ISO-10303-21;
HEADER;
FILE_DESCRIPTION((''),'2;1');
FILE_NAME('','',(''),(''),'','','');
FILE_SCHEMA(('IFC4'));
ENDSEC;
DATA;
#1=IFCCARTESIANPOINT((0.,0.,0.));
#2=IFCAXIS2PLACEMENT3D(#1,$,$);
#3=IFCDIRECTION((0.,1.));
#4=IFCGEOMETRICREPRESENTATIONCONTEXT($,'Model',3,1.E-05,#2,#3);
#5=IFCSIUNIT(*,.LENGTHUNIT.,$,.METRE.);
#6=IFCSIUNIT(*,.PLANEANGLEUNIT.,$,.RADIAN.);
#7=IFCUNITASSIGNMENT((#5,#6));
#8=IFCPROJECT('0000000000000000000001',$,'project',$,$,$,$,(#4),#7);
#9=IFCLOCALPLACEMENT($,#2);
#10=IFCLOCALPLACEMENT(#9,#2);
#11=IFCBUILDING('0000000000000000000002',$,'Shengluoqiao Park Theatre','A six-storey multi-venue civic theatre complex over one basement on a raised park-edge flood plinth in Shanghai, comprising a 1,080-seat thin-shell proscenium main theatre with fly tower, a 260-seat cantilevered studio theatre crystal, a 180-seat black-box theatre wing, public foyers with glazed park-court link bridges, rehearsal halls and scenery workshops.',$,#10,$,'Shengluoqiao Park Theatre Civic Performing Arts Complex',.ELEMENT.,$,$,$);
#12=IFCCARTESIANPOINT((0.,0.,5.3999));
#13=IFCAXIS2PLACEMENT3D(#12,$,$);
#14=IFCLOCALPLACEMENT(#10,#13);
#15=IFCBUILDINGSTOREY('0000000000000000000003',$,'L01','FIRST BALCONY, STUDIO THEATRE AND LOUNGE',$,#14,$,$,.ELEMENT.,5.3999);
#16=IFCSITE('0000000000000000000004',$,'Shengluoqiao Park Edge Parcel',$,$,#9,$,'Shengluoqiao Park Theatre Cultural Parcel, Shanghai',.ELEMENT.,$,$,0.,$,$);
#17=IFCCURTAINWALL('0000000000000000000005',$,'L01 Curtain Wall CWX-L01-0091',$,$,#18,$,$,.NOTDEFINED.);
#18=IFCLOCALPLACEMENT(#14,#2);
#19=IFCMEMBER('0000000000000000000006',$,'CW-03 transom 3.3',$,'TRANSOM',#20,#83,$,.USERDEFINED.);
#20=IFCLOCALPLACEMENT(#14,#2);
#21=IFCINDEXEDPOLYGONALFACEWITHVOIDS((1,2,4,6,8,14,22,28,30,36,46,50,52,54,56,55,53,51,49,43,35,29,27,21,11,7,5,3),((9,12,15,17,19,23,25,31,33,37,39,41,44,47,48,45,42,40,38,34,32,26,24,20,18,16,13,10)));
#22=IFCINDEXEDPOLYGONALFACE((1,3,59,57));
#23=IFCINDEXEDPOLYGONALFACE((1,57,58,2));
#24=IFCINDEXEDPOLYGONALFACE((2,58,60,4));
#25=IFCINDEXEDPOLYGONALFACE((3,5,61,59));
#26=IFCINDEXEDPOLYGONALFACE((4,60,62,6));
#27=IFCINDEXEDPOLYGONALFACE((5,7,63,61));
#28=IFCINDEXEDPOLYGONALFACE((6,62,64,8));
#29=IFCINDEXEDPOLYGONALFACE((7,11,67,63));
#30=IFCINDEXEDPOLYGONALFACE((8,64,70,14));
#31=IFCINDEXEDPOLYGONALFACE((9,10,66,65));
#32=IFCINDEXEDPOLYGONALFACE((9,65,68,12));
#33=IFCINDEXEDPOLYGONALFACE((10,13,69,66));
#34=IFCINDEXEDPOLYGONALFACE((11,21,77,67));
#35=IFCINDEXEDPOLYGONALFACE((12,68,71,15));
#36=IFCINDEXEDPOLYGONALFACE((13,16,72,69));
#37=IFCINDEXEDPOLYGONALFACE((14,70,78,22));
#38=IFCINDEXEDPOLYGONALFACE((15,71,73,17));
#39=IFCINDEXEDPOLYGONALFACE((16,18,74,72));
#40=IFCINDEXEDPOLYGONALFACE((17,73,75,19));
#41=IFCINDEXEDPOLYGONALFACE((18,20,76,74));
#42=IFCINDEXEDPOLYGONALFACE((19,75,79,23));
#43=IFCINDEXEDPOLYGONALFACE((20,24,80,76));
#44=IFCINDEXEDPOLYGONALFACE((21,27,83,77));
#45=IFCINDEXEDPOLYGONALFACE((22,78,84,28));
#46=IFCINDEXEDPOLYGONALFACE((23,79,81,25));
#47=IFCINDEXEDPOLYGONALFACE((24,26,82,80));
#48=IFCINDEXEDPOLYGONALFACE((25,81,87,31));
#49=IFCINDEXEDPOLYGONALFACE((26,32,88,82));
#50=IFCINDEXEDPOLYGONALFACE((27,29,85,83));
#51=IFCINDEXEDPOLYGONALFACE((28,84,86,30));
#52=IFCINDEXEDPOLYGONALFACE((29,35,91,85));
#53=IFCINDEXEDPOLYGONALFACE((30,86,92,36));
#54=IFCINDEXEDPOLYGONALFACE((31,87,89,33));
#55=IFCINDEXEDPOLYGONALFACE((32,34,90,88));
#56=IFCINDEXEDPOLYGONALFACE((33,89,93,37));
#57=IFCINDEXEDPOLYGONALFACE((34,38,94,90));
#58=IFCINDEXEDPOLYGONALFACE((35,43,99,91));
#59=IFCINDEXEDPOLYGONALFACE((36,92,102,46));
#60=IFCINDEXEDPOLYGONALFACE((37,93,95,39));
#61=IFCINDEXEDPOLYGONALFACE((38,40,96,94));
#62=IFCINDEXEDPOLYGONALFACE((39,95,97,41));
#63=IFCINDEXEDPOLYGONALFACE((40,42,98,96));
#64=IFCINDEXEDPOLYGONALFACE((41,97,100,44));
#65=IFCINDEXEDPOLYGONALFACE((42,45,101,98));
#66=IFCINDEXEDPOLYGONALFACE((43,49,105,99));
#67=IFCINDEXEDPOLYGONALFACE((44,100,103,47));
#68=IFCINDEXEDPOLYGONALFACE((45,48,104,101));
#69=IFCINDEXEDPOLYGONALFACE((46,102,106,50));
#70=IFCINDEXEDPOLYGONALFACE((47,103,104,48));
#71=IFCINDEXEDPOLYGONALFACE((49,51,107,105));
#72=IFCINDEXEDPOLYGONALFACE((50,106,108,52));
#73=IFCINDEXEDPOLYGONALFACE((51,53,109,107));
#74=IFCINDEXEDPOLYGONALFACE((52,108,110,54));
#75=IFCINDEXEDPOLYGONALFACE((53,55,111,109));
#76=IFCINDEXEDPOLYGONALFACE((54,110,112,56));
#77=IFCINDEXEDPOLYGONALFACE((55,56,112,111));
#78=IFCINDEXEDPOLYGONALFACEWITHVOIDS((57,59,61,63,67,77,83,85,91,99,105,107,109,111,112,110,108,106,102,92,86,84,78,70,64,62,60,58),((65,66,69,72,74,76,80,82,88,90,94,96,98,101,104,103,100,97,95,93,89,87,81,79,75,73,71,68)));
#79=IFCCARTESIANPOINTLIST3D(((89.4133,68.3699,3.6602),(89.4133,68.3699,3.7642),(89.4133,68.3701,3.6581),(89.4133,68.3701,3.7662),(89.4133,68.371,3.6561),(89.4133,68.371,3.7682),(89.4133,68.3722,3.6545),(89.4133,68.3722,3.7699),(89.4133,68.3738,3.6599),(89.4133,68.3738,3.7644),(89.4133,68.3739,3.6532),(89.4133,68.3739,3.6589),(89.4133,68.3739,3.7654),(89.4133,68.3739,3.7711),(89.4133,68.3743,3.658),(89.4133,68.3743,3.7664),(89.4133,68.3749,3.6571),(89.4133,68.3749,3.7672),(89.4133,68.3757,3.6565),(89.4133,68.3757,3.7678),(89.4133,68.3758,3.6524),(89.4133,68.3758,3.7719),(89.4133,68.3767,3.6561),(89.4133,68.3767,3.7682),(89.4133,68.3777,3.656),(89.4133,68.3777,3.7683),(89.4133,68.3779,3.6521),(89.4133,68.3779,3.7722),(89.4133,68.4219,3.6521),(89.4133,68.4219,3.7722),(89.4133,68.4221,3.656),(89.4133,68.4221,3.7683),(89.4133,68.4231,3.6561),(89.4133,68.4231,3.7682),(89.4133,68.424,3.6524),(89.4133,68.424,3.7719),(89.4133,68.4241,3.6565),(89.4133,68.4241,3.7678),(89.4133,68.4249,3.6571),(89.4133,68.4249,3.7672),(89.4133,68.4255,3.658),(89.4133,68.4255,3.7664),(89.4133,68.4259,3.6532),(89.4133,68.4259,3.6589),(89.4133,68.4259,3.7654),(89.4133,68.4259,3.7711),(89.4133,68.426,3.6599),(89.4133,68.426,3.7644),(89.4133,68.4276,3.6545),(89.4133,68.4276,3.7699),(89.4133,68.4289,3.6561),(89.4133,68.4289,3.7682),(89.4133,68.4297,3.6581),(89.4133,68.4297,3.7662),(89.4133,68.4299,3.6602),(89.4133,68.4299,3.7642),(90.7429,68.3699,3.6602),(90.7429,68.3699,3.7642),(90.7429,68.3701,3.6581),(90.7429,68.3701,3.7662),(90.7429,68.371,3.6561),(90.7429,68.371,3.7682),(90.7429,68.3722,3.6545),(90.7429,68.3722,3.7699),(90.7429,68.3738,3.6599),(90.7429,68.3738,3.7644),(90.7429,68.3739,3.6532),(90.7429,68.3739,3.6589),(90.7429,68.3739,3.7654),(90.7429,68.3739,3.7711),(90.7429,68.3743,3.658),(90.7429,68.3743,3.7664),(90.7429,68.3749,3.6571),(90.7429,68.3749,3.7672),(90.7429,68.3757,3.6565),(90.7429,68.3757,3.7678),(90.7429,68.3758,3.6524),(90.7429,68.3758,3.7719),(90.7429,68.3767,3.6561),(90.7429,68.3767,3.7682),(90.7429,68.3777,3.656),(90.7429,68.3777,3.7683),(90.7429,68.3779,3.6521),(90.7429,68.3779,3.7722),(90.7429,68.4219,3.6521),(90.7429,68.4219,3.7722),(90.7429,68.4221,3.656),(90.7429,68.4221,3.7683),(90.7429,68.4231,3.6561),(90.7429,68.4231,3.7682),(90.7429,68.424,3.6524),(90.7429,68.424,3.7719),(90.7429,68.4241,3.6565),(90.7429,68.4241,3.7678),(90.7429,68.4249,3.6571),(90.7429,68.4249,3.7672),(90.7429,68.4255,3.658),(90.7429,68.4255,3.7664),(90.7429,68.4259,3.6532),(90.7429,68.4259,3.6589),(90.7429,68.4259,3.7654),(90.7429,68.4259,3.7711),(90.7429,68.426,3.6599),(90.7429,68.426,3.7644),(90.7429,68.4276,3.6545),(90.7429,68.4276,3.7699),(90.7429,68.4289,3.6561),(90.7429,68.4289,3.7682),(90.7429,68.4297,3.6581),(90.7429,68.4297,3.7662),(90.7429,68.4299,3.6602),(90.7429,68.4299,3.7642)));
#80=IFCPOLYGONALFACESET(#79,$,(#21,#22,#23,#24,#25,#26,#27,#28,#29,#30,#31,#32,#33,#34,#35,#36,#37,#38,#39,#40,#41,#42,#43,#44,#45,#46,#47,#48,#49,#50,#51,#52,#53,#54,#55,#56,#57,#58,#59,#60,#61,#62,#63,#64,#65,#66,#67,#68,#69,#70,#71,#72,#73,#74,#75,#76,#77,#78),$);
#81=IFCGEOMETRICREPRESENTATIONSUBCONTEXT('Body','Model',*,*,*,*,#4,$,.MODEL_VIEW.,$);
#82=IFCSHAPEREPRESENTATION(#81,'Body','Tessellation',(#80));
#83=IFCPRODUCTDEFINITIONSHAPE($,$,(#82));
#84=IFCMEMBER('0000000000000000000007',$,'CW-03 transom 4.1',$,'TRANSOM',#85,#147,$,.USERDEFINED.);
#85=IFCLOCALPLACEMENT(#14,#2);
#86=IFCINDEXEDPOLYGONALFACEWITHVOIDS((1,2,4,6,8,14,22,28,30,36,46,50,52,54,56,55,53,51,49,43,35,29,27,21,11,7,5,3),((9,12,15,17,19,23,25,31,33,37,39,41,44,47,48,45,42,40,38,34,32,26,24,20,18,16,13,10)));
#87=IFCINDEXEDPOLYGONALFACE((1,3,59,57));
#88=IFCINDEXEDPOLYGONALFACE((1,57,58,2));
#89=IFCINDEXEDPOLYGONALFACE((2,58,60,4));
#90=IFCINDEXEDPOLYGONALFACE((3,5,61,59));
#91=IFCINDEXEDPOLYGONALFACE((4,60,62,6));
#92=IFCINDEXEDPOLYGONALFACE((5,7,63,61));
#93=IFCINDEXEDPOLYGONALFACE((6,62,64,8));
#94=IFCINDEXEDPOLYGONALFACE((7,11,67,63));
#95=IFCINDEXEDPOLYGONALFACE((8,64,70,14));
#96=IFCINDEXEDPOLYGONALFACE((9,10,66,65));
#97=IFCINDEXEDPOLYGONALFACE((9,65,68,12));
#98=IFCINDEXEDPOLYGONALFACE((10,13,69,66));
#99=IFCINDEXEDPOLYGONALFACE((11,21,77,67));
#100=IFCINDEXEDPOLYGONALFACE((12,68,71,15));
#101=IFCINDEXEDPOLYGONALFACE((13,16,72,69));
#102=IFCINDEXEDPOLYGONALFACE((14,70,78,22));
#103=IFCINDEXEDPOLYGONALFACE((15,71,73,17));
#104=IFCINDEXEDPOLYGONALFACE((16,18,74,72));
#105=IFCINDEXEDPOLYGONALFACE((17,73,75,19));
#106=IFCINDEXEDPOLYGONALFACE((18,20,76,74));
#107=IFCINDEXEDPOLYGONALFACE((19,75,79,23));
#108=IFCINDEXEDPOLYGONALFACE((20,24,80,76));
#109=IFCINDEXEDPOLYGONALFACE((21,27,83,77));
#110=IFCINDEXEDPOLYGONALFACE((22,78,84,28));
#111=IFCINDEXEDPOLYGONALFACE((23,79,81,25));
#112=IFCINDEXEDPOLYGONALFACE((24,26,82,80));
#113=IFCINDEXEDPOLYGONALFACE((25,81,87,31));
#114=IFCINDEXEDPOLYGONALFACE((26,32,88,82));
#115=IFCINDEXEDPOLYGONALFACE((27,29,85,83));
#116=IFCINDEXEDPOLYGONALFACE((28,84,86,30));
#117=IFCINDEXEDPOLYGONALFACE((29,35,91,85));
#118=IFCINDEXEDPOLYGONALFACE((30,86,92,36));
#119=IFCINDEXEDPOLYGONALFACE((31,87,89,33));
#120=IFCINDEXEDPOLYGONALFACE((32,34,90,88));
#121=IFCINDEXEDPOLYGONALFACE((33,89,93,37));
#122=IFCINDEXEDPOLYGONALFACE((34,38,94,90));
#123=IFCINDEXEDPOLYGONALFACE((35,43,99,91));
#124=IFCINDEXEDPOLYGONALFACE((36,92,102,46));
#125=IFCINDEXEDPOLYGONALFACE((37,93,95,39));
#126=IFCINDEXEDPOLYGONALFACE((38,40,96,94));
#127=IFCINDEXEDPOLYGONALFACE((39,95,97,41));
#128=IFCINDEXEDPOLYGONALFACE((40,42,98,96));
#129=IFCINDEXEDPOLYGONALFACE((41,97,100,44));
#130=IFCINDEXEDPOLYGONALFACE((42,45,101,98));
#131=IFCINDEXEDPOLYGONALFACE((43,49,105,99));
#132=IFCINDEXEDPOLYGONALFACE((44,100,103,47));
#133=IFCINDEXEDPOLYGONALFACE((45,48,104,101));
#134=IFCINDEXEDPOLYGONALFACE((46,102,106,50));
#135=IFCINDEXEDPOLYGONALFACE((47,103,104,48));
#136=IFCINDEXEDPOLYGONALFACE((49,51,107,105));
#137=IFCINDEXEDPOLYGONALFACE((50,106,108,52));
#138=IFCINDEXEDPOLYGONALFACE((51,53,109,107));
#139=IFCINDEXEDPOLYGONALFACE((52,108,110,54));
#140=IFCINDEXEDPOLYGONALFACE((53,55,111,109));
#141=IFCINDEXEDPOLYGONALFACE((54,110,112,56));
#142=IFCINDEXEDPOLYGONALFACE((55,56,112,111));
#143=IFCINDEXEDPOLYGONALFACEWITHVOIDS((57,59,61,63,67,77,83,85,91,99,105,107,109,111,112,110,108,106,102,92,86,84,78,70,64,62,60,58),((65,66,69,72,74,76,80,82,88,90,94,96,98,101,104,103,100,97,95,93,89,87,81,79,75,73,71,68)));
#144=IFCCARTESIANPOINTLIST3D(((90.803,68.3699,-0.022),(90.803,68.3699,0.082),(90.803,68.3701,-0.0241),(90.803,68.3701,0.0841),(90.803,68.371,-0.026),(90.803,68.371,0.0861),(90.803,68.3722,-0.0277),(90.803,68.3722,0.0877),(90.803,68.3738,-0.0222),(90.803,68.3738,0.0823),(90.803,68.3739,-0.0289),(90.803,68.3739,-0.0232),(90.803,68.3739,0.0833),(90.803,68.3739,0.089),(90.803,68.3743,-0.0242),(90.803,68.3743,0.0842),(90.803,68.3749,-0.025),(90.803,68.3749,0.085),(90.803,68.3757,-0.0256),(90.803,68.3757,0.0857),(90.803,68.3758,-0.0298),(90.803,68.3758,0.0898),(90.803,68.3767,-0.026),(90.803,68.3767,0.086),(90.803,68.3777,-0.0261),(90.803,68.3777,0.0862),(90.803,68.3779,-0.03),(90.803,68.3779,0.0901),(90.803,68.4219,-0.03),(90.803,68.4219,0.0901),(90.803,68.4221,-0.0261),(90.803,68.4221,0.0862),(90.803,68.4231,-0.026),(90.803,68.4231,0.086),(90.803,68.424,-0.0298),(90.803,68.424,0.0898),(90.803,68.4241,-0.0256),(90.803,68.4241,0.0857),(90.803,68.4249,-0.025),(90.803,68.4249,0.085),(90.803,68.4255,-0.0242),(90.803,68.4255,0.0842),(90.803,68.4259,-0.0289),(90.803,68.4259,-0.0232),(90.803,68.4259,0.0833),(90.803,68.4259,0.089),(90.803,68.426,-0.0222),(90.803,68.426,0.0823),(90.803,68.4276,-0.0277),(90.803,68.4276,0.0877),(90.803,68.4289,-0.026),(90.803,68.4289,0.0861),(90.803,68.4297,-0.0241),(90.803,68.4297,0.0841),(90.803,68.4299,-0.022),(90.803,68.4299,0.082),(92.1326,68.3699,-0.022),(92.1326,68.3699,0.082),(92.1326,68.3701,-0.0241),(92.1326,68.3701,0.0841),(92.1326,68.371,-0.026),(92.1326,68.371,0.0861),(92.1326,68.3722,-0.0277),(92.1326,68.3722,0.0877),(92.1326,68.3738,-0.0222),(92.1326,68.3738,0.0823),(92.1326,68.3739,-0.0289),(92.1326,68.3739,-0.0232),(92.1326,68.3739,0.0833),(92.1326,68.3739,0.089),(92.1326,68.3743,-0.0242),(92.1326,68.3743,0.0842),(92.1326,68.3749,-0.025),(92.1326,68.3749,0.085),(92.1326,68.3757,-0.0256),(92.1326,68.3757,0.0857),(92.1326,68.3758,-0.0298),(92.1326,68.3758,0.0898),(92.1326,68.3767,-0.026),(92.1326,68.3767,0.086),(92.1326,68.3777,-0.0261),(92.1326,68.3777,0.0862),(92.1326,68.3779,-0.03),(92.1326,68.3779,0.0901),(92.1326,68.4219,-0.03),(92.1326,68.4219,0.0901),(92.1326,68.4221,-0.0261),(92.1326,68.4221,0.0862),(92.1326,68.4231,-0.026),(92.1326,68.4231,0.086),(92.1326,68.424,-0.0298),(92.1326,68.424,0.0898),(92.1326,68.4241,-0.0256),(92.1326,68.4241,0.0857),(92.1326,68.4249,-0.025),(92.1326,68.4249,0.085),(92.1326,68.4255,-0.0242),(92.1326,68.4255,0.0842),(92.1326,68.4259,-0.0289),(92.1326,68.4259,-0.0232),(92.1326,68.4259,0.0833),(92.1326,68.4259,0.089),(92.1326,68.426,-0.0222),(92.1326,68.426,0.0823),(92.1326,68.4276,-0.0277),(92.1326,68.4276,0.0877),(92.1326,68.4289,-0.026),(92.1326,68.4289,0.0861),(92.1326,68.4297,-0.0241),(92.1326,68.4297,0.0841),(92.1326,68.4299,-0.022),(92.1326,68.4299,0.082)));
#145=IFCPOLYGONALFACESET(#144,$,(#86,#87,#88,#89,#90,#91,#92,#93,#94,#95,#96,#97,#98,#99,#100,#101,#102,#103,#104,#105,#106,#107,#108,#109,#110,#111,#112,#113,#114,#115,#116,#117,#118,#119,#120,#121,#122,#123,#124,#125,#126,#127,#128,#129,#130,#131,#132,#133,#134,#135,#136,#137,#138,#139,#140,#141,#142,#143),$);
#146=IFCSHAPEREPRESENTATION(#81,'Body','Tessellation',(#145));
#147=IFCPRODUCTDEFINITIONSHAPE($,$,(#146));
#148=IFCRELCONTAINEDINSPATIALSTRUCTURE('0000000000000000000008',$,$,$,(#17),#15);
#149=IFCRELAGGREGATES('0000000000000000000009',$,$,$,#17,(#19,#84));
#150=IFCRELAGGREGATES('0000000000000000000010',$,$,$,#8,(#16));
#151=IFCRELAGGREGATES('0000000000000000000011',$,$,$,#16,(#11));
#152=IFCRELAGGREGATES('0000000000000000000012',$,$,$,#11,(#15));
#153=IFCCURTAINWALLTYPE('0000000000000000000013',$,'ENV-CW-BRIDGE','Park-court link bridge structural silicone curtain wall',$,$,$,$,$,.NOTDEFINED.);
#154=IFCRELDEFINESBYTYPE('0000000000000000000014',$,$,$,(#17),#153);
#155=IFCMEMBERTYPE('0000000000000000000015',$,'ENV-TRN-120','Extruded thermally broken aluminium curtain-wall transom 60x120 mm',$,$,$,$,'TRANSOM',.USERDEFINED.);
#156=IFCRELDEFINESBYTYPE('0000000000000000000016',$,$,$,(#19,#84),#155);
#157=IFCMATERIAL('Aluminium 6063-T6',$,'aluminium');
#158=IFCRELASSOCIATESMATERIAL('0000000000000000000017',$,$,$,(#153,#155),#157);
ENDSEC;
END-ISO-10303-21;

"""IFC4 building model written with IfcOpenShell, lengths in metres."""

from ifc_helpers import new_model, si_unit, direction, frame, origin, origin_2d, place, context, subcontext, project, spatial, hollow_rectangle, extrude, material, material_profile, profile_set, type_object, element, aggregate, save


model = new_model("IFC4")

# Units and contexts
model_context = context("Model", 3, precision=1e-05, world=origin(), true_north=direction((0.0, 1.0)))
body_context = subcontext(model_context, "Body", "Model", "MODEL_VIEW")
ifc_project = project(units=[si_unit("LENGTHUNIT", "METRE"), si_unit("PLANEANGLEUNIT", "RADIAN")], contexts=[model_context])

# Site, building, storey
site_placement = place(None, origin())
site = spatial("IfcSite", under=ifc_project, at=site_placement, Name="Shengluoqiao Park Edge Parcel", LongName="Shengluoqiao Park Theatre Cultural Parcel, Shanghai", CompositionType="ELEMENT", RefElevation=0.0)
building_placement = place(site_placement, origin())
building = spatial("IfcBuilding", under=site, at=building_placement, Name="Shengluoqiao Park Theatre", Description="A six-storey multi-venue civic theatre complex over one basement on a raised park-edge flood plinth in Shanghai, comprising a 1,080-seat thin-shell proscenium main theatre with fly tower, a 260-seat cantilevered studio theatre crystal, a 180-seat black-box theatre wing, public foyers with glazed park-court link bridges, rehearsal halls and scenery workshops.", LongName="Shengluoqiao Park Theatre Civic Performing Arts Complex", CompositionType="ELEMENT")
storey_placement = place(building_placement, frame((0.0, 0.0, 5.3999)))
storey = spatial("IfcBuildingStorey", under=building, at=storey_placement, Name="L01", Description="FIRST BALCONY, STUDIO THEATRE AND LOUNGE", CompositionType="ELEMENT", Elevation=5.3999)

# Curtain wall, members
ifc_material_1 = material(Name="Aluminium 6063-T6", Category="aluminium")
curtain_wall_type = type_object("IfcCurtainWallType", Name="ENV-CW-BRIDGE", Description="Park-court link bridge structural silicone curtain wall", PredefinedType="NOTDEFINED", material=ifc_material_1)
curtain_wall_placement = place(storey_placement, origin())
curtain_wall = element("IfcCurtainWall", 1, at=curtain_wall_placement, inside=storey, type_object=curtain_wall_type, Name="L01 Curtain Wall CWX-L01-0091", PredefinedType="NOTDEFINED")
ifc_material_profile_1 = material_profile(ifc_material_1, hollow_rectangle(XDim=0.0601, YDim=0.1201, WallThickness=0.0039, InnerFilletRadius=0.0039, OuterFilletRadius=0.0081, at=origin_2d()), Name="ALU TRANSOM 120x60x4")
ifc_profile_set_1 = profile_set([ifc_material_profile_1], Name="Aluminium 6063-T6")
member_type_1 = type_object("IfcMemberType", Name="ENV-TRN-120", Description="Extruded thermally broken aluminium curtain-wall transom 60x120 mm", ElementType="TRANSOM", PredefinedType="USERDEFINED", material=ifc_profile_set_1)
member_1_placement = place(storey_placement, frame((89.4133, 68.3999, 3.7122), z_axis=(1.0, 0.0, 0.0), x_axis=(0.0, 1.0, 0.0)))
member_1 = element("IfcMember", 2, at=member_1_placement, type_object=member_type_1, Name="CW-03 transom 3.3", ObjectType="TRANSOM", PredefinedType="USERDEFINED", context=body_context, shape_type="SweptSolid", body=[
    extrude(hollow_rectangle(XDim=0.0601, YDim=0.1201, WallThickness=0.0039, InnerFilletRadius=0.0039, OuterFilletRadius=0.0081, at=origin_2d()), origin(), (0.0, 0.0, 1.0), 1.3296),
])
member_2_placement = place(storey_placement, frame((90.803, 68.3999, 0.03), z_axis=(1.0, 0.0, 0.0), x_axis=(0.0, 1.0, 0.0)))
member_2 = element("IfcMember", 3, at=member_2_placement, type_object=member_type_1, Name="CW-03 transom 4.1", ObjectType="TRANSOM", PredefinedType="USERDEFINED", context=body_context, shape_type="SweptSolid", body=[
    extrude(hollow_rectangle(XDim=0.0601, YDim=0.1201, WallThickness=0.0039, InnerFilletRadius=0.0039, OuterFilletRadius=0.0081, at=origin_2d()), origin(), (0.0, 0.0, 1.0), 1.3296),
])

aggregate(curtain_wall, [member_1, member_2])

save(model, "model.ifc")
